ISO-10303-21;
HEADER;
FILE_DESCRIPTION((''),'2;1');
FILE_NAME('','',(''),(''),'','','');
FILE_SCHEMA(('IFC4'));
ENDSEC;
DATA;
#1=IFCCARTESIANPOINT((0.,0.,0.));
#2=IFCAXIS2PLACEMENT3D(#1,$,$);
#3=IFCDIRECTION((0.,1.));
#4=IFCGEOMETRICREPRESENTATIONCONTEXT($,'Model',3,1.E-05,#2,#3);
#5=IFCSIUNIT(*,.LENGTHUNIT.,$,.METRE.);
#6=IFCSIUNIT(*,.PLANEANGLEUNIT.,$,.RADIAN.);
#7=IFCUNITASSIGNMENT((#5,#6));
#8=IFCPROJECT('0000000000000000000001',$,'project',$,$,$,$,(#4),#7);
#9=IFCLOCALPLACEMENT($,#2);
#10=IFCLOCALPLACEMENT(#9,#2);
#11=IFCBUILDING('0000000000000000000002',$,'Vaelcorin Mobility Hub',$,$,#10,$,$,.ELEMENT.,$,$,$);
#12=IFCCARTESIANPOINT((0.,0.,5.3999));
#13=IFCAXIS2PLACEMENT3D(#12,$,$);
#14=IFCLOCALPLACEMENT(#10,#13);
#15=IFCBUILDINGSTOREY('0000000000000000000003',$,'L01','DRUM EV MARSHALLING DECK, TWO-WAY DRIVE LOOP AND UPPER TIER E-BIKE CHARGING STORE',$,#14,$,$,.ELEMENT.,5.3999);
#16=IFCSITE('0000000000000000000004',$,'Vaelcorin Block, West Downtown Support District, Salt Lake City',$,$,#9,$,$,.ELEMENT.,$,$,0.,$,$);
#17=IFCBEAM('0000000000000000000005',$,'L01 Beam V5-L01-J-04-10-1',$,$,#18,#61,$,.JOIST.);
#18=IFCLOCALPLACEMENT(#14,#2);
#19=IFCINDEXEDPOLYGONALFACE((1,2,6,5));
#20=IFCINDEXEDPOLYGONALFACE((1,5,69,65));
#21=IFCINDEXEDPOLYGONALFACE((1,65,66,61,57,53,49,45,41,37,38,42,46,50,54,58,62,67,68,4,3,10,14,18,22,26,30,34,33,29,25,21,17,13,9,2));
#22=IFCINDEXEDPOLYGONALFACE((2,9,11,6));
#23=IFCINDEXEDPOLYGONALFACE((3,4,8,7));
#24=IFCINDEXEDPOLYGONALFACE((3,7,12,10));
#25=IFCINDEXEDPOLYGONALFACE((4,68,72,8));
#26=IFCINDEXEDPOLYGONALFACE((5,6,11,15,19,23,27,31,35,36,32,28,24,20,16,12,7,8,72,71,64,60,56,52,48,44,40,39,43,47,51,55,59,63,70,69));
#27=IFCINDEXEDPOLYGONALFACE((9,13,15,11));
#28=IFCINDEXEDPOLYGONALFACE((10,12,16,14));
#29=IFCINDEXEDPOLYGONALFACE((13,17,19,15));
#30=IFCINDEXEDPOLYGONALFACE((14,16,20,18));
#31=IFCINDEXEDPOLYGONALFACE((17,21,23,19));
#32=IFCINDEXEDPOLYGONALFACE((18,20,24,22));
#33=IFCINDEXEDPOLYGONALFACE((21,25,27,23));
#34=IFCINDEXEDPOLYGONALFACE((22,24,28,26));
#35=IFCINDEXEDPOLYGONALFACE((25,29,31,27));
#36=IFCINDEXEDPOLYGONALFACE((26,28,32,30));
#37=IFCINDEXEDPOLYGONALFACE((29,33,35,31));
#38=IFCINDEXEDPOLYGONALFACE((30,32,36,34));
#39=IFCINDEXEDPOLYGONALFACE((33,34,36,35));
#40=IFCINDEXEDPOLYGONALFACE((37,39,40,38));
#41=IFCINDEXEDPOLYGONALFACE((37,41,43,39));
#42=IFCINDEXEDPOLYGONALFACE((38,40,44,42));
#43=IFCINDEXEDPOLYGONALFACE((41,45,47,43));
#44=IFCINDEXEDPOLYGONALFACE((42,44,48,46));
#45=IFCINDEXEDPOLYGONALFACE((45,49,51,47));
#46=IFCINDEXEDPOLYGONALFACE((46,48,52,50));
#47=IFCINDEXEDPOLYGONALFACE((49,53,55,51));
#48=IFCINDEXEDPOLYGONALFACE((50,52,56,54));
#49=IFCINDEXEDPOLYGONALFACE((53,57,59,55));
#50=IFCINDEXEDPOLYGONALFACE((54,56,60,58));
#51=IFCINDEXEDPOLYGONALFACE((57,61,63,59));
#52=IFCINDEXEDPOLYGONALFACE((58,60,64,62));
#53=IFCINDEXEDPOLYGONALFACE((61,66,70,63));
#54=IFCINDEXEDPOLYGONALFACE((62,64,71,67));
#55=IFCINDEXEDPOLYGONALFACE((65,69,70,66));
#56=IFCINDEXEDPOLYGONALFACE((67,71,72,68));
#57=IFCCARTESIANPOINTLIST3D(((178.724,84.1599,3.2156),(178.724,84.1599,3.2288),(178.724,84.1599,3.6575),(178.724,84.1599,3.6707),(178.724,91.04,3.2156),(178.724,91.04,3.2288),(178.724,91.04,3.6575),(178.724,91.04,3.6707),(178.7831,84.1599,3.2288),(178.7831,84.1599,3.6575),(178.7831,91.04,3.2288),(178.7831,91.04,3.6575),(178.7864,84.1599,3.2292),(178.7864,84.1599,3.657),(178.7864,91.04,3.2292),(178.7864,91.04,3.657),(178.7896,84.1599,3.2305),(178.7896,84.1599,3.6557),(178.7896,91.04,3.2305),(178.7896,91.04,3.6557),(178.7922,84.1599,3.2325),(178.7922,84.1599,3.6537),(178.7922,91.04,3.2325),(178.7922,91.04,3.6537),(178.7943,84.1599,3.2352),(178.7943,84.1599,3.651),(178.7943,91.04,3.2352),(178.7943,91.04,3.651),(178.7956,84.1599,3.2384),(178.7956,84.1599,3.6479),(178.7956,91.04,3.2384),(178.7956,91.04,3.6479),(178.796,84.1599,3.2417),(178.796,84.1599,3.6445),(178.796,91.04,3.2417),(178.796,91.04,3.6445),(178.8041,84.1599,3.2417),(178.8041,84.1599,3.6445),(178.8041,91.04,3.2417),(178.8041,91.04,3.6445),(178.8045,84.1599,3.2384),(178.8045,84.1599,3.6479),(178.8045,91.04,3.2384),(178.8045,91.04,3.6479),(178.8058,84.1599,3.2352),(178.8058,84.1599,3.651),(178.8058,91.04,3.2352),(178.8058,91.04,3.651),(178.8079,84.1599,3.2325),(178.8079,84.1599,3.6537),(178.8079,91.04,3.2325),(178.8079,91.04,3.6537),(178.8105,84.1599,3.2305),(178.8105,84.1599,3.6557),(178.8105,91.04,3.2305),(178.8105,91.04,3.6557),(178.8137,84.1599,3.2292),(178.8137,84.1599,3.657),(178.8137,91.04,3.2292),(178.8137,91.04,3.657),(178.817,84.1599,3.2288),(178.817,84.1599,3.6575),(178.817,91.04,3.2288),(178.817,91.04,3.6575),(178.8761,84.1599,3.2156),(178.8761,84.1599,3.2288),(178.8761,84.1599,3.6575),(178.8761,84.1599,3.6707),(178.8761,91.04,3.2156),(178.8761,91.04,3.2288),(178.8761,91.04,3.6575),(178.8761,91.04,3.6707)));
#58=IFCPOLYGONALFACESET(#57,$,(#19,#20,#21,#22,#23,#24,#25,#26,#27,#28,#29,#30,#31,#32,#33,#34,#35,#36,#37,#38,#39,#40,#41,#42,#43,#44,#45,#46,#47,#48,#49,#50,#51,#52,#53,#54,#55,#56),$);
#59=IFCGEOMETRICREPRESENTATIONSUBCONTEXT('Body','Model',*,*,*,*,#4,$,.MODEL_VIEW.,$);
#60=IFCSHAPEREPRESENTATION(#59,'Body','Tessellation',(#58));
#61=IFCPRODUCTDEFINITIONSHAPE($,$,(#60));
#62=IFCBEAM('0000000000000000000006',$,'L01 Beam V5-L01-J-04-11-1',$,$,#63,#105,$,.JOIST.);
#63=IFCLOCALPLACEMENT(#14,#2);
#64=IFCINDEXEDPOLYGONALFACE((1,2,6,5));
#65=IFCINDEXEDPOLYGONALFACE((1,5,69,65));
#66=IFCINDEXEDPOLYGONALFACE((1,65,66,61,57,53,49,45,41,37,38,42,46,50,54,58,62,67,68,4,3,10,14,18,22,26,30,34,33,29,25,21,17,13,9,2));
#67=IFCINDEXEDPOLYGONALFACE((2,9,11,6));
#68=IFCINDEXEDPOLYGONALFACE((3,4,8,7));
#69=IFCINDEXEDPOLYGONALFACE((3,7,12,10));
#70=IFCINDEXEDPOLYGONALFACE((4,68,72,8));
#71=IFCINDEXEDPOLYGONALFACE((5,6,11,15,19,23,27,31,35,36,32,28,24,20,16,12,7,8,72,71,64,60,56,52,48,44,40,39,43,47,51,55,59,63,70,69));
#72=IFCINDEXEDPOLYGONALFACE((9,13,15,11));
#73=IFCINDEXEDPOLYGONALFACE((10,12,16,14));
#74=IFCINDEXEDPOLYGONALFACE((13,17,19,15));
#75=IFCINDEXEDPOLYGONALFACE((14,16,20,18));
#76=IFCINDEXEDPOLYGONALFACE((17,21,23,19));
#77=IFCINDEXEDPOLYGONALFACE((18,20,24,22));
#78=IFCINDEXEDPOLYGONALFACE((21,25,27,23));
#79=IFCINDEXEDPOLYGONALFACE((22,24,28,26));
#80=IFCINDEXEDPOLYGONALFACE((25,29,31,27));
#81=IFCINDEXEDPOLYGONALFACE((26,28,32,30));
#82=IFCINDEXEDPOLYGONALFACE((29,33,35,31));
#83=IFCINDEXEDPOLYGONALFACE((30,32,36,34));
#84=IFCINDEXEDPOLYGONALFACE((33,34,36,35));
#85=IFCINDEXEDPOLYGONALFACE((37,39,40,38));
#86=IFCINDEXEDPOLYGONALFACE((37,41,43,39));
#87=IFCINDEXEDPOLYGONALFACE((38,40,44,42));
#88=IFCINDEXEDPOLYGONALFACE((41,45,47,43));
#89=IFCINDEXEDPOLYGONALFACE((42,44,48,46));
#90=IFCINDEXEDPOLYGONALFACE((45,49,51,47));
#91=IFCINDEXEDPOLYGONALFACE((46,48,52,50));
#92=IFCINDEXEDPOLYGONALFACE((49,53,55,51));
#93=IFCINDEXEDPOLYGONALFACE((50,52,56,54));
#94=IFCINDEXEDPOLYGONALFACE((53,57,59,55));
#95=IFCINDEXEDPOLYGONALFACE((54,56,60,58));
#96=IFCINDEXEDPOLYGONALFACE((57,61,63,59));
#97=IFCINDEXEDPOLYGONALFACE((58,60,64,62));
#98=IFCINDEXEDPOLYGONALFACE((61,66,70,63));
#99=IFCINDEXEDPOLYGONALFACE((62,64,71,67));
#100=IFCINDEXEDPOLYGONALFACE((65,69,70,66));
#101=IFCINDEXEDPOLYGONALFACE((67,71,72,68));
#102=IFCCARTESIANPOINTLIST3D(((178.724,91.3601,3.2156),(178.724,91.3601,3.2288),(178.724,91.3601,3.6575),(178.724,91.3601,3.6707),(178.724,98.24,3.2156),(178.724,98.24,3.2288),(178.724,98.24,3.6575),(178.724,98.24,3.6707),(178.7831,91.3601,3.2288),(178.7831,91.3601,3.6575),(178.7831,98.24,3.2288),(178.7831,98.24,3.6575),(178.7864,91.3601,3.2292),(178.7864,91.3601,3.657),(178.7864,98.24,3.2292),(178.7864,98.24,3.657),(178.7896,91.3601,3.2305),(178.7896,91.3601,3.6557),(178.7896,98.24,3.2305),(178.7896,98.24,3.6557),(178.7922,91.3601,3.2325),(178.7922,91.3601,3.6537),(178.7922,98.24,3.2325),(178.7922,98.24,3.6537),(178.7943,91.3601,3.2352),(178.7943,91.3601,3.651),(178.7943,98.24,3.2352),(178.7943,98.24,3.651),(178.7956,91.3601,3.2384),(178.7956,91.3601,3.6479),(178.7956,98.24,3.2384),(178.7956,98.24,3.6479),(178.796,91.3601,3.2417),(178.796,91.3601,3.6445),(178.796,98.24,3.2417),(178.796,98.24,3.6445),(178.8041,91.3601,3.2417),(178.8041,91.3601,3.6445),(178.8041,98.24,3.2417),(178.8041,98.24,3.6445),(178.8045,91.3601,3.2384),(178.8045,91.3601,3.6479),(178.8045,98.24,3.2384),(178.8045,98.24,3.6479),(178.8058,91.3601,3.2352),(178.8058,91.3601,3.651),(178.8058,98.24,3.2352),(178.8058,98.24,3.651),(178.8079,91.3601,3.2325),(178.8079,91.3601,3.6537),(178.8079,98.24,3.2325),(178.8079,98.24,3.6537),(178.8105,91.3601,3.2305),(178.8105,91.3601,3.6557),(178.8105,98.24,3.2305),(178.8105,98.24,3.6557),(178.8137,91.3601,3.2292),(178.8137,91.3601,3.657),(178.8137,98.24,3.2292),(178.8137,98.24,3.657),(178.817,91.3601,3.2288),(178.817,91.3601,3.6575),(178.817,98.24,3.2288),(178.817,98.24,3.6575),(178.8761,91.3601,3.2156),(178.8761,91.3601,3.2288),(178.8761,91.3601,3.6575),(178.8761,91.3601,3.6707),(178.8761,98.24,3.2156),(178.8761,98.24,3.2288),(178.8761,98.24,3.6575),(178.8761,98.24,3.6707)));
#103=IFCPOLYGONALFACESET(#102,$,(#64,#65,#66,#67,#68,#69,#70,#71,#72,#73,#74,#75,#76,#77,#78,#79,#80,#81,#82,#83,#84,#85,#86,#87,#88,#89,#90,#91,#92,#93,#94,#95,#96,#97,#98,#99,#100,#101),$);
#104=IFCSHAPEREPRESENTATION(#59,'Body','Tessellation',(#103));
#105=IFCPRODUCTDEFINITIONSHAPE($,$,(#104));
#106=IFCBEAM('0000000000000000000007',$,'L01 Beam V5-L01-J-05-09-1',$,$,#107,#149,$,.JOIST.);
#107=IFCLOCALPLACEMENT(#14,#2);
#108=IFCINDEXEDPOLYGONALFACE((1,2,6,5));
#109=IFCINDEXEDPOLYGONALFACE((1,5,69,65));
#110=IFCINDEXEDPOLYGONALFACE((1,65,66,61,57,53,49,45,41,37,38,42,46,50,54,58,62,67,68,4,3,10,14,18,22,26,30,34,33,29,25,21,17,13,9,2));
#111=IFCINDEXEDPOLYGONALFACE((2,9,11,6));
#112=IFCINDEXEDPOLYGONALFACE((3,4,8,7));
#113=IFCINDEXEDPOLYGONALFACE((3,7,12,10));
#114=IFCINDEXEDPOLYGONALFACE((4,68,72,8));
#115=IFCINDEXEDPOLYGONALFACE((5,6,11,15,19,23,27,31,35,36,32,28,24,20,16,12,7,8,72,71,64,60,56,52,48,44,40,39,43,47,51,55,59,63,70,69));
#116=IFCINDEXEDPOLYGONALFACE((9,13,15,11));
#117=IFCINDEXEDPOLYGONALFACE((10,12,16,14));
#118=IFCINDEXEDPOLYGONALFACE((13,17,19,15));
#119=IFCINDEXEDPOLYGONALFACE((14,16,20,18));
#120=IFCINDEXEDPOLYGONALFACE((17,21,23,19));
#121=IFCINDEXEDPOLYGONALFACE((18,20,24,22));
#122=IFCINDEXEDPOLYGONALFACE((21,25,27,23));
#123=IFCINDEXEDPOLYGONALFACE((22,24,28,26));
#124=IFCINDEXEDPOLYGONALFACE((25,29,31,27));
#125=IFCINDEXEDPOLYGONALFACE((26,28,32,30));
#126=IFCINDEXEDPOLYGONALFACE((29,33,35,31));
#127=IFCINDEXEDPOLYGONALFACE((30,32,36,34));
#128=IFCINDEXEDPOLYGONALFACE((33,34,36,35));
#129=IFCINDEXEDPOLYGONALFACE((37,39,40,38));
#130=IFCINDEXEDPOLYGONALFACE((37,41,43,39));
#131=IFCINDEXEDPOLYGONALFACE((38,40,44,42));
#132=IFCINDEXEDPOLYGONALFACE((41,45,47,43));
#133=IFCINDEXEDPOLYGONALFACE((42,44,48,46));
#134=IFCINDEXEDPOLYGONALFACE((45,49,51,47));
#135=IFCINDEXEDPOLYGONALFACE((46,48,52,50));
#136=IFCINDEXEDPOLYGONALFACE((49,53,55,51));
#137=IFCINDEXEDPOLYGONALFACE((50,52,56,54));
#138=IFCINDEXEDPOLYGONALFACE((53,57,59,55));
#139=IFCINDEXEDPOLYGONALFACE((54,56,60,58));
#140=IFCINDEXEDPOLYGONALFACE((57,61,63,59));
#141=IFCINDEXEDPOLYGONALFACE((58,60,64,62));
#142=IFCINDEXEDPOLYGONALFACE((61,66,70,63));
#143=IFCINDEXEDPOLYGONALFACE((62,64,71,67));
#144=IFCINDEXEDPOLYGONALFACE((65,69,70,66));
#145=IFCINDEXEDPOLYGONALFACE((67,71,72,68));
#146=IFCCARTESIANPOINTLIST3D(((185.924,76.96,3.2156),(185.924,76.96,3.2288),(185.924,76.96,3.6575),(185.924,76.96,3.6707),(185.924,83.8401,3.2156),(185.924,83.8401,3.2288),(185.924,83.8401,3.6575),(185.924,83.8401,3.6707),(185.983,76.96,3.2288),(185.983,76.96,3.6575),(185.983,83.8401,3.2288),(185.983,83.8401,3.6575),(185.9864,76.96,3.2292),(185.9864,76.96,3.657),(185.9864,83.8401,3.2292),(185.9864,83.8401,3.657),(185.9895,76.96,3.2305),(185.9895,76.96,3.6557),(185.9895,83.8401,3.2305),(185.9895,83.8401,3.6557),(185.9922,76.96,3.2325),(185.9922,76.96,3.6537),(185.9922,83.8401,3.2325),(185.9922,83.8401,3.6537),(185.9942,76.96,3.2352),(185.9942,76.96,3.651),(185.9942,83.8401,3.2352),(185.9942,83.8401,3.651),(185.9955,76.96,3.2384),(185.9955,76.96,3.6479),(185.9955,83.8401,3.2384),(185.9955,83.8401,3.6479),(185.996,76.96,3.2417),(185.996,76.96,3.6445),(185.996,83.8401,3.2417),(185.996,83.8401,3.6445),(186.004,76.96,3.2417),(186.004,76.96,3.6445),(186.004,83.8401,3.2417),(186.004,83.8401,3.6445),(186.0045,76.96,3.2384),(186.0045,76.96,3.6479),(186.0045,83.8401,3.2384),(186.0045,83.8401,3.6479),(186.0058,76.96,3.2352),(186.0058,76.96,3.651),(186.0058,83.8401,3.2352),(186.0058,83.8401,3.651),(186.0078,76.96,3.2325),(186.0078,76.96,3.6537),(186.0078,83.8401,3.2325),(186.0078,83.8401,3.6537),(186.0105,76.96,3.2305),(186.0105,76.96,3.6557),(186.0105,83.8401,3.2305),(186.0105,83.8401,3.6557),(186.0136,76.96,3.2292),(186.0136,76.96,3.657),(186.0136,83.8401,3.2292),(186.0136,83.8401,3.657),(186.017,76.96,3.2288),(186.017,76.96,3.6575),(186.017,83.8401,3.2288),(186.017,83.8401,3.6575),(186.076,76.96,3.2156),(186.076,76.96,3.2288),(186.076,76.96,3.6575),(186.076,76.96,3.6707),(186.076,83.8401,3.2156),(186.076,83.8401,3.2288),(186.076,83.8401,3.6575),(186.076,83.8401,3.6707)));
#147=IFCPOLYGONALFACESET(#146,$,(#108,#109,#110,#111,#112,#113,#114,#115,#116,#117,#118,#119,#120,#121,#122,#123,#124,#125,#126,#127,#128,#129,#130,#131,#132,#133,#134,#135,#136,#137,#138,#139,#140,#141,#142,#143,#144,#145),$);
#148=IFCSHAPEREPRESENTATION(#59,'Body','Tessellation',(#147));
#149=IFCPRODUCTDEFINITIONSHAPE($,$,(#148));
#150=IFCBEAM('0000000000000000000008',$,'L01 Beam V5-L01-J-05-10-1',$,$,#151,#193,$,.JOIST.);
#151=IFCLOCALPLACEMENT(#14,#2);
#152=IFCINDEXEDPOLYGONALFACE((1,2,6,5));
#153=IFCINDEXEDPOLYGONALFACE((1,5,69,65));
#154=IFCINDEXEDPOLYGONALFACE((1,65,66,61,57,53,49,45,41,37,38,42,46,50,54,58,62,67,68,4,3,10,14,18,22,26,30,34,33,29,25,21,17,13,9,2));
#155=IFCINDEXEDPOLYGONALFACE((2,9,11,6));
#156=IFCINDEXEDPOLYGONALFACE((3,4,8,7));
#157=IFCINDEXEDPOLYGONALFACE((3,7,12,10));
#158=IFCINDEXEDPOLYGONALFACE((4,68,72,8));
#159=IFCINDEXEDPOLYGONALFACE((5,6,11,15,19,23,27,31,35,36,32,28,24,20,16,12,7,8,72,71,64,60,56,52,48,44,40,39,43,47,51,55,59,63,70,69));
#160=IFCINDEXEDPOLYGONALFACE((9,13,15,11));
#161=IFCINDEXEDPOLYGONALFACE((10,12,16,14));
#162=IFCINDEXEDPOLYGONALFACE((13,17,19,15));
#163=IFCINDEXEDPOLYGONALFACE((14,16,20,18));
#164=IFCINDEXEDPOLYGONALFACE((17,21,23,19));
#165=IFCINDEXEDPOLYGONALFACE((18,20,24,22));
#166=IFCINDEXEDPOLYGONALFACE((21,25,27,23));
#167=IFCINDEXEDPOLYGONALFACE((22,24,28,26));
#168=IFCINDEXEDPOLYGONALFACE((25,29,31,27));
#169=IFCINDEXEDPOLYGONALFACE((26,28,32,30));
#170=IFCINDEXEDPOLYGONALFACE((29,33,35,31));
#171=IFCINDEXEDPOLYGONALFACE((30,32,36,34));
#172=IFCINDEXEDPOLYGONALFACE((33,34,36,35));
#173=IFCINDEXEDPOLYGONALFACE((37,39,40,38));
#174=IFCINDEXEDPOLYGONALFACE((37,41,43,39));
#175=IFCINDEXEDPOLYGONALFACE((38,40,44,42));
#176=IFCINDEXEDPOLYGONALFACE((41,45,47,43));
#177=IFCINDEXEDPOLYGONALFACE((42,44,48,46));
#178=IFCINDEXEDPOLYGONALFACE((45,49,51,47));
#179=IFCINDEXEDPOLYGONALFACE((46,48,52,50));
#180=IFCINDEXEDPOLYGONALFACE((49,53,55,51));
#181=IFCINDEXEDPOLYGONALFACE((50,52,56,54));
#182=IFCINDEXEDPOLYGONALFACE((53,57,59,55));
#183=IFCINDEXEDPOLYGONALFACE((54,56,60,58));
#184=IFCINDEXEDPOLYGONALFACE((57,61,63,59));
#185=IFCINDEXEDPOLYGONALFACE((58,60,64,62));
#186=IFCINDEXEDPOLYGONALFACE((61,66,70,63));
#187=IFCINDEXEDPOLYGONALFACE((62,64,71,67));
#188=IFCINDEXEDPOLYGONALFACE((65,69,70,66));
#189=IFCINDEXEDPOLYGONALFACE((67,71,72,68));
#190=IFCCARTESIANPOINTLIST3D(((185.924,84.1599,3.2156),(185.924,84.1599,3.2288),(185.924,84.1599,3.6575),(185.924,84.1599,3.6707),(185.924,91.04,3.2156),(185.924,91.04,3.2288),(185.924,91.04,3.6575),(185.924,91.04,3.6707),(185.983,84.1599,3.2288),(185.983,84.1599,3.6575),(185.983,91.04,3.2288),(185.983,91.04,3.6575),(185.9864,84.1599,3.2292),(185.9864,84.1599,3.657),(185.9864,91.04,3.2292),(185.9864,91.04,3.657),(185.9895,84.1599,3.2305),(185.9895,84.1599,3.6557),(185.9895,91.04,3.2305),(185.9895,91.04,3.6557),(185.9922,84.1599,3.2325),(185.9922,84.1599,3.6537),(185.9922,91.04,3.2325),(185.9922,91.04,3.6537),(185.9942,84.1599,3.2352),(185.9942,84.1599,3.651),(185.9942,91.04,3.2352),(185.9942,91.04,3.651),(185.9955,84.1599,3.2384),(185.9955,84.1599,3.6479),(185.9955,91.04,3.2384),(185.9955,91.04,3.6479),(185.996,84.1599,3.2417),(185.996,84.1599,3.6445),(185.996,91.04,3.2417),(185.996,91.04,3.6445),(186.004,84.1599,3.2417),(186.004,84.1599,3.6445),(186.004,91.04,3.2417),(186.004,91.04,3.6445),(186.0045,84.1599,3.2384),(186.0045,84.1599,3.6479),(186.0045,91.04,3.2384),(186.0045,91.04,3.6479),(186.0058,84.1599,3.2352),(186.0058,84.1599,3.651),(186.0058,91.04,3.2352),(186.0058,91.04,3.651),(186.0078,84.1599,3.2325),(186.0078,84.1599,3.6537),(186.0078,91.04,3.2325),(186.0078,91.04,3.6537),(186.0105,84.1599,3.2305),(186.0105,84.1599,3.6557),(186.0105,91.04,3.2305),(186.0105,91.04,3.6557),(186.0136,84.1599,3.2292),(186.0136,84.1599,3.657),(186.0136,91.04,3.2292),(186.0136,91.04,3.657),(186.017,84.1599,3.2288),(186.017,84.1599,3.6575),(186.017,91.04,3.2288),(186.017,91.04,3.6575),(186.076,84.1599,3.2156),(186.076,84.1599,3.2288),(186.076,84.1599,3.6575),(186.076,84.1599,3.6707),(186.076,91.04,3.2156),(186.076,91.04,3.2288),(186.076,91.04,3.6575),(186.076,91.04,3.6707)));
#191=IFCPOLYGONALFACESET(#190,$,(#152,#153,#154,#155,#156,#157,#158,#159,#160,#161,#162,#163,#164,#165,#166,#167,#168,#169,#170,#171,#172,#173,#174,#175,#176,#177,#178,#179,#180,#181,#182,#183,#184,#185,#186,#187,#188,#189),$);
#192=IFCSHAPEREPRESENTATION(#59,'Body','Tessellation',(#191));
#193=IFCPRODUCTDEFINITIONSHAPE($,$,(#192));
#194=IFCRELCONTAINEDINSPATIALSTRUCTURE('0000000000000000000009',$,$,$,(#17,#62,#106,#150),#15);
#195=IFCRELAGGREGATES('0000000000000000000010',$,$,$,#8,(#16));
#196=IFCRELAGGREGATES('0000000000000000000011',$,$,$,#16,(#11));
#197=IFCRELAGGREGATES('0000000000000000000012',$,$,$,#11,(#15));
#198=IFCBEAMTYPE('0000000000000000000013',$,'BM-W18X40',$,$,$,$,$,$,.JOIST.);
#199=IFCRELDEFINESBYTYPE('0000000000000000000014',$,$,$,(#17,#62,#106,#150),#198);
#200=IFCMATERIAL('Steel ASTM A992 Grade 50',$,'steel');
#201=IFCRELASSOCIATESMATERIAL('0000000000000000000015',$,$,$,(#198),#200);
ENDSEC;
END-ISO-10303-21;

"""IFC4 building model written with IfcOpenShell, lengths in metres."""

from ifc_helpers import new_model, si_unit, direction, frame, origin, origin_2d, place, context, subcontext, project, spatial, i_section, extrude, material, material_profile, profile_set, type_object, element, save


model = new_model("IFC4")

# Units and contexts
model_context = context("Model", 3, precision=1e-05, world=origin(), true_north=direction((0.0, 1.0)))
body_context = subcontext(model_context, "Body", "Model", "MODEL_VIEW")
ifc_project = project(units=[si_unit("LENGTHUNIT", "METRE"), si_unit("PLANEANGLEUNIT", "RADIAN")], contexts=[model_context])

# Site, building, storey
site_placement = place(None, origin())
site = spatial("IfcSite", under=ifc_project, at=site_placement, Name="Vaelcorin Block, West Downtown Support District, Salt Lake City", CompositionType="ELEMENT", RefElevation=0.0)
building_placement = place(site_placement, origin())
building = spatial("IfcBuilding", under=site, at=building_placement, Name="Vaelcorin Mobility Hub", CompositionType="ELEMENT")
storey_placement = place(building_placement, frame((0.0, 0.0, 5.3999)))
storey = spatial("IfcBuildingStorey", under=building, at=storey_placement, Name="L01", Description="DRUM EV MARSHALLING DECK, TWO-WAY DRIVE LOOP AND UPPER TIER E-BIKE CHARGING STORE", CompositionType="ELEMENT", Elevation=5.3999)

# Shared definitions
ifc_material_1 = material(Name="Steel ASTM A992 Grade 50", Category="steel")

# Beams
ifc_material_profile_1 = material_profile(ifc_material_1, i_section(OverallWidth=0.1521, OverallDepth=0.4551, WebThickness=0.0081, FlangeThickness=0.0132, FilletRadius=0.0129, at=origin_2d()), Name="W18X40")
ifc_profile_set_1 = profile_set([ifc_material_profile_1], Name="Steel ASTM A992 Grade 50")
beam_type_1 = type_object("IfcBeamType", Name="BM-W18X40", PredefinedType="JOIST", material=ifc_profile_set_1)
for number, where, z_axis, x_axis, name in (
    (1, (178.8, 84.1599, 3.4431), (0.0, 1.0, 0.0), (-1.0, 0.0, 0.0), "L01 Beam V5-L01-J-04-10-1"),
):
    element("IfcBeam", number, at=place(storey_placement, frame(where, z_axis=z_axis, x_axis=x_axis)), inside=storey, type_object=beam_type_1, Name=name, PredefinedType="JOIST", context=body_context, shape_type="SweptSolid", body=[
        extrude(i_section(OverallWidth=0.1521, OverallDepth=0.4551, WebThickness=0.0081, FlangeThickness=0.0132, FilletRadius=0.0129, at=origin_2d()), origin(), (0.0, 0.0, 1.0), 6.8801),
    ])
beam_1_placement = place(storey_placement, frame((178.8, 91.3601, 3.4431), z_axis=(0.0, 1.0, 0.0), x_axis=(-1.0, 0.0, 0.0)))
element("IfcBeam", 2, at=beam_1_placement, inside=storey, type_object=beam_type_1, Name="L01 Beam V5-L01-J-04-11-1", PredefinedType="JOIST", context=body_context, shape_type="SweptSolid", body=[
    extrude(i_section(OverallWidth=0.1521, OverallDepth=0.4551, WebThickness=0.0081, FlangeThickness=0.0132, FilletRadius=0.0129, at=origin_2d()), origin(), (0.0, 0.0, 1.0), 6.8799),
])
for number, where, z_axis, x_axis, name in (
    (3, (186.0, 76.96, 3.4431), (0.0, 1.0, 0.0), (-1.0, 0.0, 0.0), "L01 Beam V5-L01-J-05-09-1"),
    (4, (186.0, 84.1599, 3.4431), (0.0, 1.0, 0.0), (-1.0, 0.0, 0.0), "L01 Beam V5-L01-J-05-10-1"),
):
    element("IfcBeam", number, at=place(storey_placement, frame(where, z_axis=z_axis, x_axis=x_axis)), inside=storey, type_object=beam_type_1, Name=name, PredefinedType="JOIST", context=body_context, shape_type="SweptSolid", body=[
        extrude(i_section(OverallWidth=0.1521, OverallDepth=0.4551, WebThickness=0.0081, FlangeThickness=0.0132, FilletRadius=0.0129, at=origin_2d()), origin(), (0.0, 0.0, 1.0), 6.8801),
    ])

save(model, "model.ifc")
